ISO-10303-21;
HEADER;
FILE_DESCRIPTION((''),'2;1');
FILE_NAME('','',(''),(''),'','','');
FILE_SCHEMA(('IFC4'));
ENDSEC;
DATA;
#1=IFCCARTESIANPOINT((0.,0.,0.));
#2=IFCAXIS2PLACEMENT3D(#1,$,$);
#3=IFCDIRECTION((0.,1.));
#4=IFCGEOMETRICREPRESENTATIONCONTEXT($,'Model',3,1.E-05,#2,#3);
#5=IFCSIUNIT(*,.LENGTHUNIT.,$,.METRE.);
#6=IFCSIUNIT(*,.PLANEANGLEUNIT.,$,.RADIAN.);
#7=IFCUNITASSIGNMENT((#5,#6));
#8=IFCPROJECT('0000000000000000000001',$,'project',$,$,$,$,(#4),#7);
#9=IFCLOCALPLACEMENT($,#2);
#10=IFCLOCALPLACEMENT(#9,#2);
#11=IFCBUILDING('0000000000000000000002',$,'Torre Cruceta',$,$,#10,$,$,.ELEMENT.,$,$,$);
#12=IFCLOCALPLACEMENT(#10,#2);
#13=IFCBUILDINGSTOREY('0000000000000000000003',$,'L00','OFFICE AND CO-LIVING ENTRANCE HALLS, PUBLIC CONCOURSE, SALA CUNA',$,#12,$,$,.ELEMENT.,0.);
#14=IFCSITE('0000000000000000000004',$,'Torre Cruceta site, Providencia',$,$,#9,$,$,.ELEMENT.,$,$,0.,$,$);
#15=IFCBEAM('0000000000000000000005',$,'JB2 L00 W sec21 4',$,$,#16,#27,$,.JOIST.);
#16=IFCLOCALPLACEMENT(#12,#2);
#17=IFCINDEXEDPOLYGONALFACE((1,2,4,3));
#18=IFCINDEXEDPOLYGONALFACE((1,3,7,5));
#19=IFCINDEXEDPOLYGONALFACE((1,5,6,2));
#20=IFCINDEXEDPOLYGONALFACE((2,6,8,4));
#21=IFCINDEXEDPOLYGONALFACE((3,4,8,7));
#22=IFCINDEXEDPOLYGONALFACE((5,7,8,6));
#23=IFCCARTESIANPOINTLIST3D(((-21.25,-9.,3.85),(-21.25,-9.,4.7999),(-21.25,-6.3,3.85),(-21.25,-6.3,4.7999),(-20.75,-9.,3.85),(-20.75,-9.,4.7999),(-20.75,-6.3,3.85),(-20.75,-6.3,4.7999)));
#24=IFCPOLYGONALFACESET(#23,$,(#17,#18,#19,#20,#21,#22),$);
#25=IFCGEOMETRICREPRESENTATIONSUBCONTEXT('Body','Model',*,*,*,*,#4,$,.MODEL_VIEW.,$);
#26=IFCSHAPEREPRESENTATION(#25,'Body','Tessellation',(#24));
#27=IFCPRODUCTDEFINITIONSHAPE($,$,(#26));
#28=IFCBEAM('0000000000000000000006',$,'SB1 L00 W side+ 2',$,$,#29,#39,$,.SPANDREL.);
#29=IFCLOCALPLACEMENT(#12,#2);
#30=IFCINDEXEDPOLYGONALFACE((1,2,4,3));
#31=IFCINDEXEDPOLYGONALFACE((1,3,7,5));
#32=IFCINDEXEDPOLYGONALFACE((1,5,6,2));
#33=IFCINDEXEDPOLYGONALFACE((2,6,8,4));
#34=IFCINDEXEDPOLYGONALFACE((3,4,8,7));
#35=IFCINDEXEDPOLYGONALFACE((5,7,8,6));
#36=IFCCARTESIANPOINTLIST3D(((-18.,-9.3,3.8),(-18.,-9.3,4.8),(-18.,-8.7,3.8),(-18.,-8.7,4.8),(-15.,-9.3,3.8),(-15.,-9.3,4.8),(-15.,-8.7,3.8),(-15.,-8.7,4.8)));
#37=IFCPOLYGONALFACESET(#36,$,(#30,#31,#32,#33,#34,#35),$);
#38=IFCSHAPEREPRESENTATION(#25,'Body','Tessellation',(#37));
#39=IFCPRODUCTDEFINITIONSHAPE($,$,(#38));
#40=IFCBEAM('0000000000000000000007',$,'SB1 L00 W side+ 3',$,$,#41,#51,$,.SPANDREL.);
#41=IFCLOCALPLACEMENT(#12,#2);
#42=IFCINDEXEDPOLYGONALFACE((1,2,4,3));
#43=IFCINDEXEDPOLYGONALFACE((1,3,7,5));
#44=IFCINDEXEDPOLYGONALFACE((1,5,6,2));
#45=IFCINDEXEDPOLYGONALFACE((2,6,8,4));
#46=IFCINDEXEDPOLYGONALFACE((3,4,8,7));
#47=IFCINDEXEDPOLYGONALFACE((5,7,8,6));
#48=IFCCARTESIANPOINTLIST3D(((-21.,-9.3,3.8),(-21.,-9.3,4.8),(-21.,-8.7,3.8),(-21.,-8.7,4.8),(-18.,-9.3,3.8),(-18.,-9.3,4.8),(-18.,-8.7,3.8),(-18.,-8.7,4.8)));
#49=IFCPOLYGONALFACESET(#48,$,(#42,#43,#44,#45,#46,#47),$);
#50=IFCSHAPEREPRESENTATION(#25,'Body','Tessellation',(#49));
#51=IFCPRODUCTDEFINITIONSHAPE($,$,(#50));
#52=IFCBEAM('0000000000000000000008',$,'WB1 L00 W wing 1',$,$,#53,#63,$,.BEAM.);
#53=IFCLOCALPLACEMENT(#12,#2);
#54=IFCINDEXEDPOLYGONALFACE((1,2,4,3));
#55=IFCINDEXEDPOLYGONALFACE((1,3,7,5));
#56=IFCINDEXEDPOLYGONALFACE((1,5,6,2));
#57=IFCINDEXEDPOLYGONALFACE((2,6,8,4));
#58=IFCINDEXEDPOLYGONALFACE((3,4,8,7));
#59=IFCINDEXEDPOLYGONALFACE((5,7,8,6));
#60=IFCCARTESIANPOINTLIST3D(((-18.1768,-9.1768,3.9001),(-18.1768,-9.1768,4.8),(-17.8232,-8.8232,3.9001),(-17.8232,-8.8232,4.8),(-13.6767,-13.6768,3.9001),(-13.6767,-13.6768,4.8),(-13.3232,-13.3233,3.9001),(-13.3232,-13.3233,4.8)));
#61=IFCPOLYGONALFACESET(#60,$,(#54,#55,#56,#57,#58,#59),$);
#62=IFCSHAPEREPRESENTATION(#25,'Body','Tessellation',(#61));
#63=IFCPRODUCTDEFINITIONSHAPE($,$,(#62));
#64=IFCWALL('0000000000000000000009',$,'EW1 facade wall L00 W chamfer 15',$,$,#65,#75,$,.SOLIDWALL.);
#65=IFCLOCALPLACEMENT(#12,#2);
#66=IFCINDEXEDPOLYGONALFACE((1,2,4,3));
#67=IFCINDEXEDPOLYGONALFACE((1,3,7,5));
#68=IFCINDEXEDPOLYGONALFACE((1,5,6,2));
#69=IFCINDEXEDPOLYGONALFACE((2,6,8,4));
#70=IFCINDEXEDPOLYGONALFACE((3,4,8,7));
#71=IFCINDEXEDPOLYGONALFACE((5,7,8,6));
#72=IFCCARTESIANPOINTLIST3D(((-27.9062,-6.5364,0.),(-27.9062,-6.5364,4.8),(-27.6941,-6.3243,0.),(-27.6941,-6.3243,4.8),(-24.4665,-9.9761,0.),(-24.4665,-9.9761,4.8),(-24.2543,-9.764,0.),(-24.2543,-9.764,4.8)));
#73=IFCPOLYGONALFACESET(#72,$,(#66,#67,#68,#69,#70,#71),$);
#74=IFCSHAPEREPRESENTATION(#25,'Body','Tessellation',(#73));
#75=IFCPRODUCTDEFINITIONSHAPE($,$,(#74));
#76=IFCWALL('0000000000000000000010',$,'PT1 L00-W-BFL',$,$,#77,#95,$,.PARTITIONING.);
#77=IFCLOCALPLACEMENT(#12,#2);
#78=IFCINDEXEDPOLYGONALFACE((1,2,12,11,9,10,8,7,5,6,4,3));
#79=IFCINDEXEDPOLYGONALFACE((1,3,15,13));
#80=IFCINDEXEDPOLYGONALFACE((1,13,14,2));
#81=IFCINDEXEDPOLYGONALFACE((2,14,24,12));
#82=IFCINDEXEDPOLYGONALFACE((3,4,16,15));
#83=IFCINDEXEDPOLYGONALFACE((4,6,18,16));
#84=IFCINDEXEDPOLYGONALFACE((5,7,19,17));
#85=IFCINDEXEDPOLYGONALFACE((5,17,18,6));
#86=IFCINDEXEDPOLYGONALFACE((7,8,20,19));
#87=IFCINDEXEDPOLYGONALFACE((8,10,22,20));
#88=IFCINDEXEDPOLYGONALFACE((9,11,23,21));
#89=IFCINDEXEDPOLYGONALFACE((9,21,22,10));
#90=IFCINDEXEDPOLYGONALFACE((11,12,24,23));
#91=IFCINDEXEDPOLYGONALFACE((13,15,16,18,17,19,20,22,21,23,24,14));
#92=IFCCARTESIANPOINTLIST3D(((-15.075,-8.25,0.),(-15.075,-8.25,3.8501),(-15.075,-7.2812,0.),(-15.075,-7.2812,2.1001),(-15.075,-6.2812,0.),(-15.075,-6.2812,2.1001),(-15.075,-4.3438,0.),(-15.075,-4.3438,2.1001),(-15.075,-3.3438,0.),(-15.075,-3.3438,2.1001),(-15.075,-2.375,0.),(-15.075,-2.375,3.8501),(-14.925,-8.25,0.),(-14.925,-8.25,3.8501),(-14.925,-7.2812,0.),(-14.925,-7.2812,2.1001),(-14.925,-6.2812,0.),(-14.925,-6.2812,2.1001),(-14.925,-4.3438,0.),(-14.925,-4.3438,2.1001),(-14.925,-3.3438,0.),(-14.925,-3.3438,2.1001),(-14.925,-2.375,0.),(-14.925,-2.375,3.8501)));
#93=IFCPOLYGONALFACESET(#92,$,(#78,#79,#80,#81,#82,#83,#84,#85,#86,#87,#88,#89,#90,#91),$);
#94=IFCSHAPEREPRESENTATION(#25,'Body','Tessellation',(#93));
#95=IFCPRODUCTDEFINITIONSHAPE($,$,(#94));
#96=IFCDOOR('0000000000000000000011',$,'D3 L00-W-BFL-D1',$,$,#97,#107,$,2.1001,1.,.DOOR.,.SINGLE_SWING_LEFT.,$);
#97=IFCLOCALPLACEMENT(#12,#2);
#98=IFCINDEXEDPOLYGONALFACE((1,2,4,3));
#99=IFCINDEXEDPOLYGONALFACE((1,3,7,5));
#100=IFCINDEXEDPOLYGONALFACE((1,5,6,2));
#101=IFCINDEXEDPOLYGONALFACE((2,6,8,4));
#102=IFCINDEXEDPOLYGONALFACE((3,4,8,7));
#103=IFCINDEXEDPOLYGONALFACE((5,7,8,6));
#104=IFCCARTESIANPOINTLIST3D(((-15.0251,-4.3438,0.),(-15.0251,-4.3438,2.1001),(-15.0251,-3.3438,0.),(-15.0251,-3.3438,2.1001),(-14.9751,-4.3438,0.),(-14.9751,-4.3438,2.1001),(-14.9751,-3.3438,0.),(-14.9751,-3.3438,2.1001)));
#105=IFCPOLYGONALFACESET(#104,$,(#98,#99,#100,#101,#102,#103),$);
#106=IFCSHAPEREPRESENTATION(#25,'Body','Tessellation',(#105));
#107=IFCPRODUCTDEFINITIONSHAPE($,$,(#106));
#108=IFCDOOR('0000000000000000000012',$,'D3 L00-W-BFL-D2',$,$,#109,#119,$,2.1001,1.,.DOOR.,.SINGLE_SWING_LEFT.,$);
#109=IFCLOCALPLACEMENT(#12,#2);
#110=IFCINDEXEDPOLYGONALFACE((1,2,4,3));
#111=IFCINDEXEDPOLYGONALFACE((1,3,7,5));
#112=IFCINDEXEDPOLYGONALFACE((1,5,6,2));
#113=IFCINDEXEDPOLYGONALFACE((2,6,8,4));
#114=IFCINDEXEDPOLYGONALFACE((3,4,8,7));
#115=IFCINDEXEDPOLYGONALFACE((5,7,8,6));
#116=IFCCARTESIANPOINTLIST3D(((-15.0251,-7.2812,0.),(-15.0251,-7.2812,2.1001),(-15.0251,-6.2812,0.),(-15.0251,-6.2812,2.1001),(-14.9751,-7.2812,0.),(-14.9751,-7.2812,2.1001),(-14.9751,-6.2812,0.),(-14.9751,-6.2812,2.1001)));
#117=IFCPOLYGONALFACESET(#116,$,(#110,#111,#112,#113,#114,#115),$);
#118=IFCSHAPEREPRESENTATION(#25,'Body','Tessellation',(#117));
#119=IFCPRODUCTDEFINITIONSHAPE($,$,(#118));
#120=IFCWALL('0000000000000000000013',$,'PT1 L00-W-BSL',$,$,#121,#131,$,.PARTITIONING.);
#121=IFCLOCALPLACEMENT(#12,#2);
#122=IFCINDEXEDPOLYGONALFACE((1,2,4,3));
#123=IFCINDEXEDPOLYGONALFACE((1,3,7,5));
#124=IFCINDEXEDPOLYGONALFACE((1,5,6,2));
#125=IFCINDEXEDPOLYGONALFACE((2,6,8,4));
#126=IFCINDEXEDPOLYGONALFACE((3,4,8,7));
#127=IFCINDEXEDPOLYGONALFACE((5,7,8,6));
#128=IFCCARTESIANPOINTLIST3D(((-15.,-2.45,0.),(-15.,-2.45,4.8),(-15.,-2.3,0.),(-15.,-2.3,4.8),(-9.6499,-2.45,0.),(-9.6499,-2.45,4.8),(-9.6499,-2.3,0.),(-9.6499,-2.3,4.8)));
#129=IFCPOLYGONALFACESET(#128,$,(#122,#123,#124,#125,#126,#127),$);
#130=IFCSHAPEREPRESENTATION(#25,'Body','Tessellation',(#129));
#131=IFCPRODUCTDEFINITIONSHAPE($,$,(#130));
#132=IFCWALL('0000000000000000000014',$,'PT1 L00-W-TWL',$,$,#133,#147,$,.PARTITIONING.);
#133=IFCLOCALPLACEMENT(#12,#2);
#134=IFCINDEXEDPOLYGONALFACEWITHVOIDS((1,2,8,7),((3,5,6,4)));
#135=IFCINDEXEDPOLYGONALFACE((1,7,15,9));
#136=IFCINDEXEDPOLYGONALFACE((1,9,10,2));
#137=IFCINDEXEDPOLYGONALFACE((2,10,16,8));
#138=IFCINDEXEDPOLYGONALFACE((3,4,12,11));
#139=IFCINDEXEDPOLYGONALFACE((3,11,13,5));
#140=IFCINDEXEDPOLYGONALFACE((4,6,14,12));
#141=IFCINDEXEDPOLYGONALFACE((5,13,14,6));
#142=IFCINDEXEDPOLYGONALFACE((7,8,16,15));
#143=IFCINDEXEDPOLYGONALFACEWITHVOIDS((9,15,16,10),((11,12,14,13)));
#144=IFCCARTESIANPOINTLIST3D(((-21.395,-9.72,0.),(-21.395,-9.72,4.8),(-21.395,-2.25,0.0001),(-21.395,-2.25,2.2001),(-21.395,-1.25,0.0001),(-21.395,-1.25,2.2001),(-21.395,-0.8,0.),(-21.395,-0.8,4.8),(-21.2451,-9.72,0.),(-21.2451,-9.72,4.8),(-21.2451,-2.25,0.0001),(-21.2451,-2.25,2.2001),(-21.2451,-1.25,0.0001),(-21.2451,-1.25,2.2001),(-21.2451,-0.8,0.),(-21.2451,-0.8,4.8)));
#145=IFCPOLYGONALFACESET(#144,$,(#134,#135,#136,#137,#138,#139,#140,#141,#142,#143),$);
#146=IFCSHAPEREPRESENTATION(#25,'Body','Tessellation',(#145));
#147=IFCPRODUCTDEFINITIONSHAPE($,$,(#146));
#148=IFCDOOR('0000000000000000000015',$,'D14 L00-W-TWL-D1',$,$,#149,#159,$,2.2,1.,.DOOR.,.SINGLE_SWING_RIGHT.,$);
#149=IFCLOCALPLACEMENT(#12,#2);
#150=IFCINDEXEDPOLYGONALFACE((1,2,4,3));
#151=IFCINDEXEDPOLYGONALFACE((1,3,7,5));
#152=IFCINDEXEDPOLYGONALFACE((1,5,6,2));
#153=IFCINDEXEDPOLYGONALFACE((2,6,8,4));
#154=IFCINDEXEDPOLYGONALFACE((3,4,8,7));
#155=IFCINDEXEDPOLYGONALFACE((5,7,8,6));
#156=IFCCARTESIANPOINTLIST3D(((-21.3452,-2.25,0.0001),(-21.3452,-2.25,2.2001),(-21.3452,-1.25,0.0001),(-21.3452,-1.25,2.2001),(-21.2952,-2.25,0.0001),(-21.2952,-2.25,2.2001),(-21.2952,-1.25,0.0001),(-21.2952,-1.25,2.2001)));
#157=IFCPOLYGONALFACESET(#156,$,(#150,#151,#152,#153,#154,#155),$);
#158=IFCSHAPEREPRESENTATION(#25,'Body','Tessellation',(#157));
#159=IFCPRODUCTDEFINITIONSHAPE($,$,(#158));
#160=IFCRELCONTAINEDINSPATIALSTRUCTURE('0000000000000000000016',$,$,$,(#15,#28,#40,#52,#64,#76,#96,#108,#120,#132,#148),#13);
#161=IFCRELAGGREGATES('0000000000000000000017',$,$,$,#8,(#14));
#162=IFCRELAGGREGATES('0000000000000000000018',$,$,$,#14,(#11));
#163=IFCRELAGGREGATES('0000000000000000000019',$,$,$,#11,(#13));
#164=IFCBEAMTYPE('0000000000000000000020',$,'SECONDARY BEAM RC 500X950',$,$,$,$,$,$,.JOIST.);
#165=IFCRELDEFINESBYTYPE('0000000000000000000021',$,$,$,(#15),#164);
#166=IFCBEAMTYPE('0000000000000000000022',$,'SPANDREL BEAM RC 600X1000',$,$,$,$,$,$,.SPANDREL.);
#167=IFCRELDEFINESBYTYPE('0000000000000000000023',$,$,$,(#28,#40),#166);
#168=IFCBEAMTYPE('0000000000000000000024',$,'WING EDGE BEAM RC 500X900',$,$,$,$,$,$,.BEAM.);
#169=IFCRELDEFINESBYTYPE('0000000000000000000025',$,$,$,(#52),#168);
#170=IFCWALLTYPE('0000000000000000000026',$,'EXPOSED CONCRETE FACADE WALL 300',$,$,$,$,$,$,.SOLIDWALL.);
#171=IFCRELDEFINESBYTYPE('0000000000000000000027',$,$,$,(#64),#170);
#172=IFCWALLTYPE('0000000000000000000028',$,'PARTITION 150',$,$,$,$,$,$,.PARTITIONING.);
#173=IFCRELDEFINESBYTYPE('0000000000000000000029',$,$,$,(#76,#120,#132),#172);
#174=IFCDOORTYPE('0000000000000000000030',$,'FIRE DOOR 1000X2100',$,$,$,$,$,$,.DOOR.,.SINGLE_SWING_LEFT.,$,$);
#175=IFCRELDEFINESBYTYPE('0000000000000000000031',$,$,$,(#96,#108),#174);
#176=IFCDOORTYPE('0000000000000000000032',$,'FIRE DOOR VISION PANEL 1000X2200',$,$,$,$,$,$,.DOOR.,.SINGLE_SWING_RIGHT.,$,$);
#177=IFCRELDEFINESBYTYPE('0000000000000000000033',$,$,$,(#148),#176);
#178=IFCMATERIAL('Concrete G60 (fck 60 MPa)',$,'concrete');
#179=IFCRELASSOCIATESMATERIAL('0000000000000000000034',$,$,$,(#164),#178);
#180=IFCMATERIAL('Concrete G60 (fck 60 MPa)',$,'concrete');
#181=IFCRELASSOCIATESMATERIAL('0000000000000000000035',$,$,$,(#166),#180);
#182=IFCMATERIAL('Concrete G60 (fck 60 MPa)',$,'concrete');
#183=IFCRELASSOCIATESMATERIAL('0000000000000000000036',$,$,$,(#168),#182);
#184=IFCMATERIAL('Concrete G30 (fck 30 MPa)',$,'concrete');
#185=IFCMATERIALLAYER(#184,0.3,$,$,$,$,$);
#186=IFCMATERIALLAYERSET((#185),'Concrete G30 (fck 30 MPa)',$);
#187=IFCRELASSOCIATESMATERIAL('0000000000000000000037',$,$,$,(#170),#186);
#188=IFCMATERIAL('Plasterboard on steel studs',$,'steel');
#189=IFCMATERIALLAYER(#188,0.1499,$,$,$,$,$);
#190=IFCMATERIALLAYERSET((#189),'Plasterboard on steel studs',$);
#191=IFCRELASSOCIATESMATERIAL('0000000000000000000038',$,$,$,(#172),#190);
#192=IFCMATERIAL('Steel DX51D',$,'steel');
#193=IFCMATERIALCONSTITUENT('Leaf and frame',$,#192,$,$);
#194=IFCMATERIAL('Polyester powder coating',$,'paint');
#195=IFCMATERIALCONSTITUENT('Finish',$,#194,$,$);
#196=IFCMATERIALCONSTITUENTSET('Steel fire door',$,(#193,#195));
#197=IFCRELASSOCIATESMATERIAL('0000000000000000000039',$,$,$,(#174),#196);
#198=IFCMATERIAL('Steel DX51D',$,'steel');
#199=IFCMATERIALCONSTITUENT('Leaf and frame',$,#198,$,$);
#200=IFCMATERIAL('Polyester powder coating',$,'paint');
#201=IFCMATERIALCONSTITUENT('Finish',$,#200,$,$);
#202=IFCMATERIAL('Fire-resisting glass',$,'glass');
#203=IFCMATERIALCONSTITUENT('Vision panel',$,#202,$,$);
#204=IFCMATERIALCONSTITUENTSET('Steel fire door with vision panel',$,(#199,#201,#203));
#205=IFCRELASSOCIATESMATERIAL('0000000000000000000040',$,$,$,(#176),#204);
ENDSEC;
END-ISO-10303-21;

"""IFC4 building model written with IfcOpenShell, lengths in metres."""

from ifc_helpers import new_model, si_unit, direction, frame, frame_2d, origin, origin_2d, place, context, subcontext, project, spatial, rectangle, extrude, material, layer, layer_set, constituent, constituent_set, material_profile, profile_set, type_object, element, fill, save


model = new_model("IFC4")

# Units and contexts
model_context = context("Model", 3, precision=1e-05, world=origin(), true_north=direction((0.0, 1.0)))
body_context = subcontext(model_context, "Body", "Model", "MODEL_VIEW")
ifc_project = project(units=[si_unit("LENGTHUNIT", "METRE"), si_unit("PLANEANGLEUNIT", "RADIAN")], contexts=[model_context])

# Site, building, storey
site_placement = place(None, origin())
site = spatial("IfcSite", under=ifc_project, at=site_placement, Name="Torre Cruceta site, Providencia", CompositionType="ELEMENT", RefElevation=0.0)
building_placement = place(site_placement, origin())
building = spatial("IfcBuilding", under=site, at=building_placement, Name="Torre Cruceta", CompositionType="ELEMENT")
storey_placement = place(building_placement, origin())
storey = spatial("IfcBuildingStorey", under=building, at=storey_placement, Name="L00", Description="OFFICE AND CO-LIVING ENTRANCE HALLS, PUBLIC CONCOURSE, SALA CUNA", CompositionType="ELEMENT", Elevation=0.0)

# Beams
ifc_material_1 = material(Name="Concrete G60 (fck 60 MPa)", Category="concrete")
ifc_material_profile_1 = material_profile(ifc_material_1, rectangle(XDim=0.5, YDim=0.95, at=origin_2d()), Name="RC 500X950")
ifc_profile_set_1 = profile_set([ifc_material_profile_1], Name="Concrete G60 (fck 60 MPa)")
beam_type_1 = type_object("IfcBeamType", Name="SECONDARY BEAM RC 500X950", PredefinedType="JOIST", material=ifc_profile_set_1)
beam_1_placement = place(storey_placement, frame((-21.0, -6.3, 4.325), z_axis=(0.0, -1.0, 0.0), x_axis=(1.0, 0.0, 0.0)))
element("IfcBeam", 1, at=beam_1_placement, inside=storey, type_object=beam_type_1, Name="JB2 L00 W sec21 4", PredefinedType="JOIST", context=body_context, shape_type="SweptSolid", body=[
    extrude(rectangle(XDim=0.5, YDim=0.95, at=origin_2d()), origin(), (0.0, 0.0, 1.0), 2.7),
])
ifc_material_2 = material(Name="Concrete G60 (fck 60 MPa)", Category="concrete")
ifc_material_profile_2 = material_profile(ifc_material_2, rectangle(XDim=0.6001, YDim=1.0, at=origin_2d()), Name="RC 600X1000")
ifc_profile_set_2 = profile_set([ifc_material_profile_2], Name="Concrete G60 (fck 60 MPa)")
beam_type_2 = type_object("IfcBeamType", Name="SPANDREL BEAM RC 600X1000", PredefinedType="SPANDREL", material=ifc_profile_set_2)
for number, where, z_axis, x_axis, name in (
    (2, (-15.0, -9.0, 4.3), (-1.0, 0.0, 0.0), (0.0, -1.0, 0.0), "SB1 L00 W side+ 2"),
    (3, (-18.0, -9.0, 4.3), (-1.0, 0.0, 0.0), (0.0, -1.0, 0.0), "SB1 L00 W side+ 3"),
):
    element("IfcBeam", number, at=place(storey_placement, frame(where, z_axis=z_axis, x_axis=x_axis)), inside=storey, type_object=beam_type_2, Name=name, PredefinedType="SPANDREL", context=body_context, shape_type="SweptSolid", body=[
        extrude(rectangle(XDim=0.6001, YDim=1.0, at=origin_2d()), origin(), (0.0, 0.0, 1.0), 3.0),
    ])
ifc_material_3 = material(Name="Concrete G60 (fck 60 MPa)", Category="concrete")
ifc_material_profile_3 = material_profile(ifc_material_3, rectangle(XDim=0.5, YDim=0.8999, at=origin_2d()), Name="RC 500X900")
ifc_profile_set_3 = profile_set([ifc_material_profile_3], Name="Concrete G60 (fck 60 MPa)")
beam_type_3 = type_object("IfcBeamType", Name="WING EDGE BEAM RC 500X900", PredefinedType="BEAM", material=ifc_profile_set_3)
beam_2_placement = place(storey_placement, frame((-18.0, -9.0, 4.3501), z_axis=(0.707107, -0.707107, 0.0), x_axis=(0.707107, 0.707107, 0.0)))
element("IfcBeam", 4, at=beam_2_placement, inside=storey, type_object=beam_type_3, Name="WB1 L00 W wing 1", PredefinedType="BEAM", context=body_context, shape_type="SweptSolid", body=[
    extrude(rectangle(XDim=0.5, YDim=0.8999, at=origin_2d()), origin(), (0.0, 0.0, 1.0), 6.364),
])

# Wall
ifc_material_4 = material(Name="Concrete G30 (fck 30 MPa)", Category="concrete")
ifc_layer_1 = layer(ifc_material_4, 0.3)
ifc_layer_set_1 = layer_set([ifc_layer_1], Name="Concrete G30 (fck 30 MPa)")
wall_type_1 = type_object("IfcWallType", Name="EXPOSED CONCRETE FACADE WALL 300", PredefinedType="SOLIDWALL", material=ifc_layer_set_1)
wall_1_placement = place(storey_placement, frame((-27.8, -6.4304, 0.0), z_axis=(0.0, 0.0, 1.0), x_axis=(0.707107, -0.707107, 0.0)))
element("IfcWall", 5, at=wall_1_placement, inside=storey, type_object=wall_type_1, Name="EW1 facade wall L00 W chamfer 15", PredefinedType="SOLIDWALL", context=body_context, shape_type="SweptSolid", body=[
    extrude(rectangle(XDim=4.8645, YDim=0.3, at=frame_2d((2.4321, 0.0))), origin(), (0.0, 0.0, 1.0), 4.8),
])

# Wall, openings, doors
ifc_material_5 = material(Name="Plasterboard on steel studs", Category="steel")
ifc_layer_2 = layer(ifc_material_5, 0.1499)
ifc_layer_set_2 = layer_set([ifc_layer_2], Name="Plasterboard on steel studs")
wall_type_2 = type_object("IfcWallType", Name="PARTITION 150", PredefinedType="PARTITIONING", material=ifc_layer_set_2)
wall_2_placement = place(storey_placement, frame((-15.0, -2.375, 0.0), z_axis=(0.0, 0.0, 1.0), x_axis=(0.0, -1.0, 0.0)))
wall_2 = element("IfcWall", 6, at=wall_2_placement, inside=storey, type_object=wall_type_2, Name="PT1 L00-W-BFL", PredefinedType="PARTITIONING", context=body_context, shape_type="SweptSolid", body=[
    extrude(rectangle(XDim=5.875, YDim=0.1499, at=frame_2d((2.9375, 0.0))), origin(), (0.0, 0.0, 1.0), 3.8501),
])
opening_1_placement = place(wall_2_placement, frame((0.9688, 0.0, 0.0)))
opening_1 = element("IfcOpeningElement", 7, at=opening_1_placement, cuts=wall_2, PredefinedType="OPENING", context=body_context, shape_type="SweptSolid", body=[
    extrude(rectangle(XDim=1.0, YDim=2.1001, at=frame_2d((0.5, 1.05))), frame((0.0, 0.085, 0.0), z_axis=(0.0, -1.0, 0.0), x_axis=(1.0, 0.0, 0.0)), (0.0, 0.0, 1.0), 0.1699),
])
opening_2_placement = place(wall_2_placement, frame((3.9062, 0.0, 0.0)))
opening_2 = element("IfcOpeningElement", 8, at=opening_2_placement, cuts=wall_2, PredefinedType="OPENING", context=body_context, shape_type="SweptSolid", body=[
    extrude(rectangle(XDim=1.0, YDim=2.1001, at=frame_2d((0.5, 1.05))), frame((0.0, 0.085, 0.0), z_axis=(0.0, -1.0, 0.0), x_axis=(1.0, 0.0, 0.0)), (0.0, 0.0, 1.0), 0.1699),
])
ifc_material_6 = material(Name="Steel DX51D", Category="steel")
ifc_constituent_1 = constituent(ifc_material_6, Name="Leaf and frame")
ifc_material_7 = material(Name="Polyester powder coating", Category="paint")
ifc_constituent_2 = constituent(ifc_material_7, Name="Finish")
ifc_constituent_set_1 = constituent_set(constituents=[ifc_constituent_1, ifc_constituent_2], Name="Steel fire door")
door_type_1 = type_object("IfcDoorType", Name="FIRE DOOR 1000X2100", OperationType="SINGLE_SWING_LEFT", PredefinedType="DOOR", material=ifc_constituent_set_1)
door_1_placement = place(opening_1_placement, origin())
door_1 = element("IfcDoor", 9, at=door_1_placement, inside=storey, type_object=door_type_1, Name="D3 L00-W-BFL-D1", OperationType="SINGLE_SWING_LEFT", OverallHeight=2.1001, OverallWidth=1.0, PredefinedType="DOOR", context=body_context, shape_type="SweptSolid", body=[
    extrude(rectangle(XDim=1.0, YDim=2.1001, at=frame_2d((0.5, 1.05))), frame((0.0, 0.0249, 0.0), z_axis=(0.0, -1.0, 0.0), x_axis=(1.0, 0.0, 0.0)), (0.0, 0.0, 1.0), 0.05),
])
fill(opening_1, door_1)
door_2_placement = place(opening_2_placement, origin())
door_2 = element("IfcDoor", 10, at=door_2_placement, inside=storey, type_object=door_type_1, Name="D3 L00-W-BFL-D2", OperationType="SINGLE_SWING_LEFT", OverallHeight=2.1001, OverallWidth=1.0, PredefinedType="DOOR", context=body_context, shape_type="SweptSolid", body=[
    extrude(rectangle(XDim=1.0, YDim=2.1001, at=frame_2d((0.5, 1.05))), frame((0.0, 0.0249, 0.0), z_axis=(0.0, -1.0, 0.0), x_axis=(1.0, 0.0, 0.0)), (0.0, 0.0, 1.0), 0.05),
])
fill(opening_2, door_2)

# Wall
wall_3_placement = place(storey_placement, frame((-9.6499, -2.375, 0.0), z_axis=(0.0, 0.0, 1.0), x_axis=(-1.0, 0.0, 0.0)))
element("IfcWall", 11, at=wall_3_placement, inside=storey, type_object=wall_type_2, Name="PT1 L00-W-BSL", PredefinedType="PARTITIONING", context=body_context, shape_type="SweptSolid", body=[
    extrude(rectangle(XDim=5.3501, YDim=0.1499, at=frame_2d((2.675, 0.0))), origin(), (0.0, 0.0, 1.0), 4.8),
])

# Wall, opening, door
wall_4_placement = place(storey_placement, frame((-21.3201, -0.8, 0.0), z_axis=(0.0, 0.0, 1.0), x_axis=(0.0, -1.0, 0.0)))
wall_4 = element("IfcWall", 12, at=wall_4_placement, inside=storey, type_object=wall_type_2, Name="PT1 L00-W-TWL", PredefinedType="PARTITIONING", context=body_context, shape_type="SweptSolid", body=[
    extrude(rectangle(XDim=8.9199, YDim=0.1499, at=frame_2d((4.46, 0.0))), origin(), (0.0, 0.0, 1.0), 4.8),
])
opening_3_placement = place(wall_4_placement, frame((0.45, 0.0, 0.0)))
opening_3 = element("IfcOpeningElement", 13, at=opening_3_placement, cuts=wall_4, PredefinedType="OPENING", context=body_context, shape_type="SweptSolid", body=[
    extrude(rectangle(XDim=1.0, YDim=2.2, at=frame_2d((0.5, 1.1001))), frame((0.0, 0.085, 0.0), z_axis=(0.0, -1.0, 0.0), x_axis=(1.0, 0.0, 0.0)), (0.0, 0.0, 1.0), 0.1699),
])
ifc_material_8 = material(Name="Steel DX51D", Category="steel")
ifc_constituent_3 = constituent(ifc_material_8, Name="Leaf and frame")
ifc_material_9 = material(Name="Polyester powder coating", Category="paint")
ifc_constituent_4 = constituent(ifc_material_9, Name="Finish")
ifc_material_10 = material(Name="Fire-resisting glass", Category="glass")
ifc_constituent_5 = constituent(ifc_material_10, Name="Vision panel")
ifc_constituent_set_2 = constituent_set(constituents=[ifc_constituent_3, ifc_constituent_4, ifc_constituent_5], Name="Steel fire door with vision panel")
door_type_2 = type_object("IfcDoorType", Name="FIRE DOOR VISION PANEL 1000X2200", OperationType="SINGLE_SWING_RIGHT", PredefinedType="DOOR", material=ifc_constituent_set_2)
door_3_placement = place(opening_3_placement, frame((1.0, 0.0, 0.0), z_axis=(0.0, 0.0, 1.0), x_axis=(-1.0, 0.0, 0.0)))
door_3 = element("IfcDoor", 14, at=door_3_placement, inside=storey, type_object=door_type_2, Name="D14 L00-W-TWL-D1", OperationType="SINGLE_SWING_RIGHT", OverallHeight=2.2, OverallWidth=1.0, PredefinedType="DOOR", context=body_context, shape_type="SweptSolid", body=[
    extrude(rectangle(XDim=1.0, YDim=2.2, at=frame_2d((0.5, 1.1001))), frame((0.0, 0.0251, 0.0), z_axis=(0.0, -1.0, 0.0), x_axis=(1.0, 0.0, 0.0)), (0.0, 0.0, 1.0), 0.05),
])
fill(opening_3, door_3)

save(model, "model.ifc")
